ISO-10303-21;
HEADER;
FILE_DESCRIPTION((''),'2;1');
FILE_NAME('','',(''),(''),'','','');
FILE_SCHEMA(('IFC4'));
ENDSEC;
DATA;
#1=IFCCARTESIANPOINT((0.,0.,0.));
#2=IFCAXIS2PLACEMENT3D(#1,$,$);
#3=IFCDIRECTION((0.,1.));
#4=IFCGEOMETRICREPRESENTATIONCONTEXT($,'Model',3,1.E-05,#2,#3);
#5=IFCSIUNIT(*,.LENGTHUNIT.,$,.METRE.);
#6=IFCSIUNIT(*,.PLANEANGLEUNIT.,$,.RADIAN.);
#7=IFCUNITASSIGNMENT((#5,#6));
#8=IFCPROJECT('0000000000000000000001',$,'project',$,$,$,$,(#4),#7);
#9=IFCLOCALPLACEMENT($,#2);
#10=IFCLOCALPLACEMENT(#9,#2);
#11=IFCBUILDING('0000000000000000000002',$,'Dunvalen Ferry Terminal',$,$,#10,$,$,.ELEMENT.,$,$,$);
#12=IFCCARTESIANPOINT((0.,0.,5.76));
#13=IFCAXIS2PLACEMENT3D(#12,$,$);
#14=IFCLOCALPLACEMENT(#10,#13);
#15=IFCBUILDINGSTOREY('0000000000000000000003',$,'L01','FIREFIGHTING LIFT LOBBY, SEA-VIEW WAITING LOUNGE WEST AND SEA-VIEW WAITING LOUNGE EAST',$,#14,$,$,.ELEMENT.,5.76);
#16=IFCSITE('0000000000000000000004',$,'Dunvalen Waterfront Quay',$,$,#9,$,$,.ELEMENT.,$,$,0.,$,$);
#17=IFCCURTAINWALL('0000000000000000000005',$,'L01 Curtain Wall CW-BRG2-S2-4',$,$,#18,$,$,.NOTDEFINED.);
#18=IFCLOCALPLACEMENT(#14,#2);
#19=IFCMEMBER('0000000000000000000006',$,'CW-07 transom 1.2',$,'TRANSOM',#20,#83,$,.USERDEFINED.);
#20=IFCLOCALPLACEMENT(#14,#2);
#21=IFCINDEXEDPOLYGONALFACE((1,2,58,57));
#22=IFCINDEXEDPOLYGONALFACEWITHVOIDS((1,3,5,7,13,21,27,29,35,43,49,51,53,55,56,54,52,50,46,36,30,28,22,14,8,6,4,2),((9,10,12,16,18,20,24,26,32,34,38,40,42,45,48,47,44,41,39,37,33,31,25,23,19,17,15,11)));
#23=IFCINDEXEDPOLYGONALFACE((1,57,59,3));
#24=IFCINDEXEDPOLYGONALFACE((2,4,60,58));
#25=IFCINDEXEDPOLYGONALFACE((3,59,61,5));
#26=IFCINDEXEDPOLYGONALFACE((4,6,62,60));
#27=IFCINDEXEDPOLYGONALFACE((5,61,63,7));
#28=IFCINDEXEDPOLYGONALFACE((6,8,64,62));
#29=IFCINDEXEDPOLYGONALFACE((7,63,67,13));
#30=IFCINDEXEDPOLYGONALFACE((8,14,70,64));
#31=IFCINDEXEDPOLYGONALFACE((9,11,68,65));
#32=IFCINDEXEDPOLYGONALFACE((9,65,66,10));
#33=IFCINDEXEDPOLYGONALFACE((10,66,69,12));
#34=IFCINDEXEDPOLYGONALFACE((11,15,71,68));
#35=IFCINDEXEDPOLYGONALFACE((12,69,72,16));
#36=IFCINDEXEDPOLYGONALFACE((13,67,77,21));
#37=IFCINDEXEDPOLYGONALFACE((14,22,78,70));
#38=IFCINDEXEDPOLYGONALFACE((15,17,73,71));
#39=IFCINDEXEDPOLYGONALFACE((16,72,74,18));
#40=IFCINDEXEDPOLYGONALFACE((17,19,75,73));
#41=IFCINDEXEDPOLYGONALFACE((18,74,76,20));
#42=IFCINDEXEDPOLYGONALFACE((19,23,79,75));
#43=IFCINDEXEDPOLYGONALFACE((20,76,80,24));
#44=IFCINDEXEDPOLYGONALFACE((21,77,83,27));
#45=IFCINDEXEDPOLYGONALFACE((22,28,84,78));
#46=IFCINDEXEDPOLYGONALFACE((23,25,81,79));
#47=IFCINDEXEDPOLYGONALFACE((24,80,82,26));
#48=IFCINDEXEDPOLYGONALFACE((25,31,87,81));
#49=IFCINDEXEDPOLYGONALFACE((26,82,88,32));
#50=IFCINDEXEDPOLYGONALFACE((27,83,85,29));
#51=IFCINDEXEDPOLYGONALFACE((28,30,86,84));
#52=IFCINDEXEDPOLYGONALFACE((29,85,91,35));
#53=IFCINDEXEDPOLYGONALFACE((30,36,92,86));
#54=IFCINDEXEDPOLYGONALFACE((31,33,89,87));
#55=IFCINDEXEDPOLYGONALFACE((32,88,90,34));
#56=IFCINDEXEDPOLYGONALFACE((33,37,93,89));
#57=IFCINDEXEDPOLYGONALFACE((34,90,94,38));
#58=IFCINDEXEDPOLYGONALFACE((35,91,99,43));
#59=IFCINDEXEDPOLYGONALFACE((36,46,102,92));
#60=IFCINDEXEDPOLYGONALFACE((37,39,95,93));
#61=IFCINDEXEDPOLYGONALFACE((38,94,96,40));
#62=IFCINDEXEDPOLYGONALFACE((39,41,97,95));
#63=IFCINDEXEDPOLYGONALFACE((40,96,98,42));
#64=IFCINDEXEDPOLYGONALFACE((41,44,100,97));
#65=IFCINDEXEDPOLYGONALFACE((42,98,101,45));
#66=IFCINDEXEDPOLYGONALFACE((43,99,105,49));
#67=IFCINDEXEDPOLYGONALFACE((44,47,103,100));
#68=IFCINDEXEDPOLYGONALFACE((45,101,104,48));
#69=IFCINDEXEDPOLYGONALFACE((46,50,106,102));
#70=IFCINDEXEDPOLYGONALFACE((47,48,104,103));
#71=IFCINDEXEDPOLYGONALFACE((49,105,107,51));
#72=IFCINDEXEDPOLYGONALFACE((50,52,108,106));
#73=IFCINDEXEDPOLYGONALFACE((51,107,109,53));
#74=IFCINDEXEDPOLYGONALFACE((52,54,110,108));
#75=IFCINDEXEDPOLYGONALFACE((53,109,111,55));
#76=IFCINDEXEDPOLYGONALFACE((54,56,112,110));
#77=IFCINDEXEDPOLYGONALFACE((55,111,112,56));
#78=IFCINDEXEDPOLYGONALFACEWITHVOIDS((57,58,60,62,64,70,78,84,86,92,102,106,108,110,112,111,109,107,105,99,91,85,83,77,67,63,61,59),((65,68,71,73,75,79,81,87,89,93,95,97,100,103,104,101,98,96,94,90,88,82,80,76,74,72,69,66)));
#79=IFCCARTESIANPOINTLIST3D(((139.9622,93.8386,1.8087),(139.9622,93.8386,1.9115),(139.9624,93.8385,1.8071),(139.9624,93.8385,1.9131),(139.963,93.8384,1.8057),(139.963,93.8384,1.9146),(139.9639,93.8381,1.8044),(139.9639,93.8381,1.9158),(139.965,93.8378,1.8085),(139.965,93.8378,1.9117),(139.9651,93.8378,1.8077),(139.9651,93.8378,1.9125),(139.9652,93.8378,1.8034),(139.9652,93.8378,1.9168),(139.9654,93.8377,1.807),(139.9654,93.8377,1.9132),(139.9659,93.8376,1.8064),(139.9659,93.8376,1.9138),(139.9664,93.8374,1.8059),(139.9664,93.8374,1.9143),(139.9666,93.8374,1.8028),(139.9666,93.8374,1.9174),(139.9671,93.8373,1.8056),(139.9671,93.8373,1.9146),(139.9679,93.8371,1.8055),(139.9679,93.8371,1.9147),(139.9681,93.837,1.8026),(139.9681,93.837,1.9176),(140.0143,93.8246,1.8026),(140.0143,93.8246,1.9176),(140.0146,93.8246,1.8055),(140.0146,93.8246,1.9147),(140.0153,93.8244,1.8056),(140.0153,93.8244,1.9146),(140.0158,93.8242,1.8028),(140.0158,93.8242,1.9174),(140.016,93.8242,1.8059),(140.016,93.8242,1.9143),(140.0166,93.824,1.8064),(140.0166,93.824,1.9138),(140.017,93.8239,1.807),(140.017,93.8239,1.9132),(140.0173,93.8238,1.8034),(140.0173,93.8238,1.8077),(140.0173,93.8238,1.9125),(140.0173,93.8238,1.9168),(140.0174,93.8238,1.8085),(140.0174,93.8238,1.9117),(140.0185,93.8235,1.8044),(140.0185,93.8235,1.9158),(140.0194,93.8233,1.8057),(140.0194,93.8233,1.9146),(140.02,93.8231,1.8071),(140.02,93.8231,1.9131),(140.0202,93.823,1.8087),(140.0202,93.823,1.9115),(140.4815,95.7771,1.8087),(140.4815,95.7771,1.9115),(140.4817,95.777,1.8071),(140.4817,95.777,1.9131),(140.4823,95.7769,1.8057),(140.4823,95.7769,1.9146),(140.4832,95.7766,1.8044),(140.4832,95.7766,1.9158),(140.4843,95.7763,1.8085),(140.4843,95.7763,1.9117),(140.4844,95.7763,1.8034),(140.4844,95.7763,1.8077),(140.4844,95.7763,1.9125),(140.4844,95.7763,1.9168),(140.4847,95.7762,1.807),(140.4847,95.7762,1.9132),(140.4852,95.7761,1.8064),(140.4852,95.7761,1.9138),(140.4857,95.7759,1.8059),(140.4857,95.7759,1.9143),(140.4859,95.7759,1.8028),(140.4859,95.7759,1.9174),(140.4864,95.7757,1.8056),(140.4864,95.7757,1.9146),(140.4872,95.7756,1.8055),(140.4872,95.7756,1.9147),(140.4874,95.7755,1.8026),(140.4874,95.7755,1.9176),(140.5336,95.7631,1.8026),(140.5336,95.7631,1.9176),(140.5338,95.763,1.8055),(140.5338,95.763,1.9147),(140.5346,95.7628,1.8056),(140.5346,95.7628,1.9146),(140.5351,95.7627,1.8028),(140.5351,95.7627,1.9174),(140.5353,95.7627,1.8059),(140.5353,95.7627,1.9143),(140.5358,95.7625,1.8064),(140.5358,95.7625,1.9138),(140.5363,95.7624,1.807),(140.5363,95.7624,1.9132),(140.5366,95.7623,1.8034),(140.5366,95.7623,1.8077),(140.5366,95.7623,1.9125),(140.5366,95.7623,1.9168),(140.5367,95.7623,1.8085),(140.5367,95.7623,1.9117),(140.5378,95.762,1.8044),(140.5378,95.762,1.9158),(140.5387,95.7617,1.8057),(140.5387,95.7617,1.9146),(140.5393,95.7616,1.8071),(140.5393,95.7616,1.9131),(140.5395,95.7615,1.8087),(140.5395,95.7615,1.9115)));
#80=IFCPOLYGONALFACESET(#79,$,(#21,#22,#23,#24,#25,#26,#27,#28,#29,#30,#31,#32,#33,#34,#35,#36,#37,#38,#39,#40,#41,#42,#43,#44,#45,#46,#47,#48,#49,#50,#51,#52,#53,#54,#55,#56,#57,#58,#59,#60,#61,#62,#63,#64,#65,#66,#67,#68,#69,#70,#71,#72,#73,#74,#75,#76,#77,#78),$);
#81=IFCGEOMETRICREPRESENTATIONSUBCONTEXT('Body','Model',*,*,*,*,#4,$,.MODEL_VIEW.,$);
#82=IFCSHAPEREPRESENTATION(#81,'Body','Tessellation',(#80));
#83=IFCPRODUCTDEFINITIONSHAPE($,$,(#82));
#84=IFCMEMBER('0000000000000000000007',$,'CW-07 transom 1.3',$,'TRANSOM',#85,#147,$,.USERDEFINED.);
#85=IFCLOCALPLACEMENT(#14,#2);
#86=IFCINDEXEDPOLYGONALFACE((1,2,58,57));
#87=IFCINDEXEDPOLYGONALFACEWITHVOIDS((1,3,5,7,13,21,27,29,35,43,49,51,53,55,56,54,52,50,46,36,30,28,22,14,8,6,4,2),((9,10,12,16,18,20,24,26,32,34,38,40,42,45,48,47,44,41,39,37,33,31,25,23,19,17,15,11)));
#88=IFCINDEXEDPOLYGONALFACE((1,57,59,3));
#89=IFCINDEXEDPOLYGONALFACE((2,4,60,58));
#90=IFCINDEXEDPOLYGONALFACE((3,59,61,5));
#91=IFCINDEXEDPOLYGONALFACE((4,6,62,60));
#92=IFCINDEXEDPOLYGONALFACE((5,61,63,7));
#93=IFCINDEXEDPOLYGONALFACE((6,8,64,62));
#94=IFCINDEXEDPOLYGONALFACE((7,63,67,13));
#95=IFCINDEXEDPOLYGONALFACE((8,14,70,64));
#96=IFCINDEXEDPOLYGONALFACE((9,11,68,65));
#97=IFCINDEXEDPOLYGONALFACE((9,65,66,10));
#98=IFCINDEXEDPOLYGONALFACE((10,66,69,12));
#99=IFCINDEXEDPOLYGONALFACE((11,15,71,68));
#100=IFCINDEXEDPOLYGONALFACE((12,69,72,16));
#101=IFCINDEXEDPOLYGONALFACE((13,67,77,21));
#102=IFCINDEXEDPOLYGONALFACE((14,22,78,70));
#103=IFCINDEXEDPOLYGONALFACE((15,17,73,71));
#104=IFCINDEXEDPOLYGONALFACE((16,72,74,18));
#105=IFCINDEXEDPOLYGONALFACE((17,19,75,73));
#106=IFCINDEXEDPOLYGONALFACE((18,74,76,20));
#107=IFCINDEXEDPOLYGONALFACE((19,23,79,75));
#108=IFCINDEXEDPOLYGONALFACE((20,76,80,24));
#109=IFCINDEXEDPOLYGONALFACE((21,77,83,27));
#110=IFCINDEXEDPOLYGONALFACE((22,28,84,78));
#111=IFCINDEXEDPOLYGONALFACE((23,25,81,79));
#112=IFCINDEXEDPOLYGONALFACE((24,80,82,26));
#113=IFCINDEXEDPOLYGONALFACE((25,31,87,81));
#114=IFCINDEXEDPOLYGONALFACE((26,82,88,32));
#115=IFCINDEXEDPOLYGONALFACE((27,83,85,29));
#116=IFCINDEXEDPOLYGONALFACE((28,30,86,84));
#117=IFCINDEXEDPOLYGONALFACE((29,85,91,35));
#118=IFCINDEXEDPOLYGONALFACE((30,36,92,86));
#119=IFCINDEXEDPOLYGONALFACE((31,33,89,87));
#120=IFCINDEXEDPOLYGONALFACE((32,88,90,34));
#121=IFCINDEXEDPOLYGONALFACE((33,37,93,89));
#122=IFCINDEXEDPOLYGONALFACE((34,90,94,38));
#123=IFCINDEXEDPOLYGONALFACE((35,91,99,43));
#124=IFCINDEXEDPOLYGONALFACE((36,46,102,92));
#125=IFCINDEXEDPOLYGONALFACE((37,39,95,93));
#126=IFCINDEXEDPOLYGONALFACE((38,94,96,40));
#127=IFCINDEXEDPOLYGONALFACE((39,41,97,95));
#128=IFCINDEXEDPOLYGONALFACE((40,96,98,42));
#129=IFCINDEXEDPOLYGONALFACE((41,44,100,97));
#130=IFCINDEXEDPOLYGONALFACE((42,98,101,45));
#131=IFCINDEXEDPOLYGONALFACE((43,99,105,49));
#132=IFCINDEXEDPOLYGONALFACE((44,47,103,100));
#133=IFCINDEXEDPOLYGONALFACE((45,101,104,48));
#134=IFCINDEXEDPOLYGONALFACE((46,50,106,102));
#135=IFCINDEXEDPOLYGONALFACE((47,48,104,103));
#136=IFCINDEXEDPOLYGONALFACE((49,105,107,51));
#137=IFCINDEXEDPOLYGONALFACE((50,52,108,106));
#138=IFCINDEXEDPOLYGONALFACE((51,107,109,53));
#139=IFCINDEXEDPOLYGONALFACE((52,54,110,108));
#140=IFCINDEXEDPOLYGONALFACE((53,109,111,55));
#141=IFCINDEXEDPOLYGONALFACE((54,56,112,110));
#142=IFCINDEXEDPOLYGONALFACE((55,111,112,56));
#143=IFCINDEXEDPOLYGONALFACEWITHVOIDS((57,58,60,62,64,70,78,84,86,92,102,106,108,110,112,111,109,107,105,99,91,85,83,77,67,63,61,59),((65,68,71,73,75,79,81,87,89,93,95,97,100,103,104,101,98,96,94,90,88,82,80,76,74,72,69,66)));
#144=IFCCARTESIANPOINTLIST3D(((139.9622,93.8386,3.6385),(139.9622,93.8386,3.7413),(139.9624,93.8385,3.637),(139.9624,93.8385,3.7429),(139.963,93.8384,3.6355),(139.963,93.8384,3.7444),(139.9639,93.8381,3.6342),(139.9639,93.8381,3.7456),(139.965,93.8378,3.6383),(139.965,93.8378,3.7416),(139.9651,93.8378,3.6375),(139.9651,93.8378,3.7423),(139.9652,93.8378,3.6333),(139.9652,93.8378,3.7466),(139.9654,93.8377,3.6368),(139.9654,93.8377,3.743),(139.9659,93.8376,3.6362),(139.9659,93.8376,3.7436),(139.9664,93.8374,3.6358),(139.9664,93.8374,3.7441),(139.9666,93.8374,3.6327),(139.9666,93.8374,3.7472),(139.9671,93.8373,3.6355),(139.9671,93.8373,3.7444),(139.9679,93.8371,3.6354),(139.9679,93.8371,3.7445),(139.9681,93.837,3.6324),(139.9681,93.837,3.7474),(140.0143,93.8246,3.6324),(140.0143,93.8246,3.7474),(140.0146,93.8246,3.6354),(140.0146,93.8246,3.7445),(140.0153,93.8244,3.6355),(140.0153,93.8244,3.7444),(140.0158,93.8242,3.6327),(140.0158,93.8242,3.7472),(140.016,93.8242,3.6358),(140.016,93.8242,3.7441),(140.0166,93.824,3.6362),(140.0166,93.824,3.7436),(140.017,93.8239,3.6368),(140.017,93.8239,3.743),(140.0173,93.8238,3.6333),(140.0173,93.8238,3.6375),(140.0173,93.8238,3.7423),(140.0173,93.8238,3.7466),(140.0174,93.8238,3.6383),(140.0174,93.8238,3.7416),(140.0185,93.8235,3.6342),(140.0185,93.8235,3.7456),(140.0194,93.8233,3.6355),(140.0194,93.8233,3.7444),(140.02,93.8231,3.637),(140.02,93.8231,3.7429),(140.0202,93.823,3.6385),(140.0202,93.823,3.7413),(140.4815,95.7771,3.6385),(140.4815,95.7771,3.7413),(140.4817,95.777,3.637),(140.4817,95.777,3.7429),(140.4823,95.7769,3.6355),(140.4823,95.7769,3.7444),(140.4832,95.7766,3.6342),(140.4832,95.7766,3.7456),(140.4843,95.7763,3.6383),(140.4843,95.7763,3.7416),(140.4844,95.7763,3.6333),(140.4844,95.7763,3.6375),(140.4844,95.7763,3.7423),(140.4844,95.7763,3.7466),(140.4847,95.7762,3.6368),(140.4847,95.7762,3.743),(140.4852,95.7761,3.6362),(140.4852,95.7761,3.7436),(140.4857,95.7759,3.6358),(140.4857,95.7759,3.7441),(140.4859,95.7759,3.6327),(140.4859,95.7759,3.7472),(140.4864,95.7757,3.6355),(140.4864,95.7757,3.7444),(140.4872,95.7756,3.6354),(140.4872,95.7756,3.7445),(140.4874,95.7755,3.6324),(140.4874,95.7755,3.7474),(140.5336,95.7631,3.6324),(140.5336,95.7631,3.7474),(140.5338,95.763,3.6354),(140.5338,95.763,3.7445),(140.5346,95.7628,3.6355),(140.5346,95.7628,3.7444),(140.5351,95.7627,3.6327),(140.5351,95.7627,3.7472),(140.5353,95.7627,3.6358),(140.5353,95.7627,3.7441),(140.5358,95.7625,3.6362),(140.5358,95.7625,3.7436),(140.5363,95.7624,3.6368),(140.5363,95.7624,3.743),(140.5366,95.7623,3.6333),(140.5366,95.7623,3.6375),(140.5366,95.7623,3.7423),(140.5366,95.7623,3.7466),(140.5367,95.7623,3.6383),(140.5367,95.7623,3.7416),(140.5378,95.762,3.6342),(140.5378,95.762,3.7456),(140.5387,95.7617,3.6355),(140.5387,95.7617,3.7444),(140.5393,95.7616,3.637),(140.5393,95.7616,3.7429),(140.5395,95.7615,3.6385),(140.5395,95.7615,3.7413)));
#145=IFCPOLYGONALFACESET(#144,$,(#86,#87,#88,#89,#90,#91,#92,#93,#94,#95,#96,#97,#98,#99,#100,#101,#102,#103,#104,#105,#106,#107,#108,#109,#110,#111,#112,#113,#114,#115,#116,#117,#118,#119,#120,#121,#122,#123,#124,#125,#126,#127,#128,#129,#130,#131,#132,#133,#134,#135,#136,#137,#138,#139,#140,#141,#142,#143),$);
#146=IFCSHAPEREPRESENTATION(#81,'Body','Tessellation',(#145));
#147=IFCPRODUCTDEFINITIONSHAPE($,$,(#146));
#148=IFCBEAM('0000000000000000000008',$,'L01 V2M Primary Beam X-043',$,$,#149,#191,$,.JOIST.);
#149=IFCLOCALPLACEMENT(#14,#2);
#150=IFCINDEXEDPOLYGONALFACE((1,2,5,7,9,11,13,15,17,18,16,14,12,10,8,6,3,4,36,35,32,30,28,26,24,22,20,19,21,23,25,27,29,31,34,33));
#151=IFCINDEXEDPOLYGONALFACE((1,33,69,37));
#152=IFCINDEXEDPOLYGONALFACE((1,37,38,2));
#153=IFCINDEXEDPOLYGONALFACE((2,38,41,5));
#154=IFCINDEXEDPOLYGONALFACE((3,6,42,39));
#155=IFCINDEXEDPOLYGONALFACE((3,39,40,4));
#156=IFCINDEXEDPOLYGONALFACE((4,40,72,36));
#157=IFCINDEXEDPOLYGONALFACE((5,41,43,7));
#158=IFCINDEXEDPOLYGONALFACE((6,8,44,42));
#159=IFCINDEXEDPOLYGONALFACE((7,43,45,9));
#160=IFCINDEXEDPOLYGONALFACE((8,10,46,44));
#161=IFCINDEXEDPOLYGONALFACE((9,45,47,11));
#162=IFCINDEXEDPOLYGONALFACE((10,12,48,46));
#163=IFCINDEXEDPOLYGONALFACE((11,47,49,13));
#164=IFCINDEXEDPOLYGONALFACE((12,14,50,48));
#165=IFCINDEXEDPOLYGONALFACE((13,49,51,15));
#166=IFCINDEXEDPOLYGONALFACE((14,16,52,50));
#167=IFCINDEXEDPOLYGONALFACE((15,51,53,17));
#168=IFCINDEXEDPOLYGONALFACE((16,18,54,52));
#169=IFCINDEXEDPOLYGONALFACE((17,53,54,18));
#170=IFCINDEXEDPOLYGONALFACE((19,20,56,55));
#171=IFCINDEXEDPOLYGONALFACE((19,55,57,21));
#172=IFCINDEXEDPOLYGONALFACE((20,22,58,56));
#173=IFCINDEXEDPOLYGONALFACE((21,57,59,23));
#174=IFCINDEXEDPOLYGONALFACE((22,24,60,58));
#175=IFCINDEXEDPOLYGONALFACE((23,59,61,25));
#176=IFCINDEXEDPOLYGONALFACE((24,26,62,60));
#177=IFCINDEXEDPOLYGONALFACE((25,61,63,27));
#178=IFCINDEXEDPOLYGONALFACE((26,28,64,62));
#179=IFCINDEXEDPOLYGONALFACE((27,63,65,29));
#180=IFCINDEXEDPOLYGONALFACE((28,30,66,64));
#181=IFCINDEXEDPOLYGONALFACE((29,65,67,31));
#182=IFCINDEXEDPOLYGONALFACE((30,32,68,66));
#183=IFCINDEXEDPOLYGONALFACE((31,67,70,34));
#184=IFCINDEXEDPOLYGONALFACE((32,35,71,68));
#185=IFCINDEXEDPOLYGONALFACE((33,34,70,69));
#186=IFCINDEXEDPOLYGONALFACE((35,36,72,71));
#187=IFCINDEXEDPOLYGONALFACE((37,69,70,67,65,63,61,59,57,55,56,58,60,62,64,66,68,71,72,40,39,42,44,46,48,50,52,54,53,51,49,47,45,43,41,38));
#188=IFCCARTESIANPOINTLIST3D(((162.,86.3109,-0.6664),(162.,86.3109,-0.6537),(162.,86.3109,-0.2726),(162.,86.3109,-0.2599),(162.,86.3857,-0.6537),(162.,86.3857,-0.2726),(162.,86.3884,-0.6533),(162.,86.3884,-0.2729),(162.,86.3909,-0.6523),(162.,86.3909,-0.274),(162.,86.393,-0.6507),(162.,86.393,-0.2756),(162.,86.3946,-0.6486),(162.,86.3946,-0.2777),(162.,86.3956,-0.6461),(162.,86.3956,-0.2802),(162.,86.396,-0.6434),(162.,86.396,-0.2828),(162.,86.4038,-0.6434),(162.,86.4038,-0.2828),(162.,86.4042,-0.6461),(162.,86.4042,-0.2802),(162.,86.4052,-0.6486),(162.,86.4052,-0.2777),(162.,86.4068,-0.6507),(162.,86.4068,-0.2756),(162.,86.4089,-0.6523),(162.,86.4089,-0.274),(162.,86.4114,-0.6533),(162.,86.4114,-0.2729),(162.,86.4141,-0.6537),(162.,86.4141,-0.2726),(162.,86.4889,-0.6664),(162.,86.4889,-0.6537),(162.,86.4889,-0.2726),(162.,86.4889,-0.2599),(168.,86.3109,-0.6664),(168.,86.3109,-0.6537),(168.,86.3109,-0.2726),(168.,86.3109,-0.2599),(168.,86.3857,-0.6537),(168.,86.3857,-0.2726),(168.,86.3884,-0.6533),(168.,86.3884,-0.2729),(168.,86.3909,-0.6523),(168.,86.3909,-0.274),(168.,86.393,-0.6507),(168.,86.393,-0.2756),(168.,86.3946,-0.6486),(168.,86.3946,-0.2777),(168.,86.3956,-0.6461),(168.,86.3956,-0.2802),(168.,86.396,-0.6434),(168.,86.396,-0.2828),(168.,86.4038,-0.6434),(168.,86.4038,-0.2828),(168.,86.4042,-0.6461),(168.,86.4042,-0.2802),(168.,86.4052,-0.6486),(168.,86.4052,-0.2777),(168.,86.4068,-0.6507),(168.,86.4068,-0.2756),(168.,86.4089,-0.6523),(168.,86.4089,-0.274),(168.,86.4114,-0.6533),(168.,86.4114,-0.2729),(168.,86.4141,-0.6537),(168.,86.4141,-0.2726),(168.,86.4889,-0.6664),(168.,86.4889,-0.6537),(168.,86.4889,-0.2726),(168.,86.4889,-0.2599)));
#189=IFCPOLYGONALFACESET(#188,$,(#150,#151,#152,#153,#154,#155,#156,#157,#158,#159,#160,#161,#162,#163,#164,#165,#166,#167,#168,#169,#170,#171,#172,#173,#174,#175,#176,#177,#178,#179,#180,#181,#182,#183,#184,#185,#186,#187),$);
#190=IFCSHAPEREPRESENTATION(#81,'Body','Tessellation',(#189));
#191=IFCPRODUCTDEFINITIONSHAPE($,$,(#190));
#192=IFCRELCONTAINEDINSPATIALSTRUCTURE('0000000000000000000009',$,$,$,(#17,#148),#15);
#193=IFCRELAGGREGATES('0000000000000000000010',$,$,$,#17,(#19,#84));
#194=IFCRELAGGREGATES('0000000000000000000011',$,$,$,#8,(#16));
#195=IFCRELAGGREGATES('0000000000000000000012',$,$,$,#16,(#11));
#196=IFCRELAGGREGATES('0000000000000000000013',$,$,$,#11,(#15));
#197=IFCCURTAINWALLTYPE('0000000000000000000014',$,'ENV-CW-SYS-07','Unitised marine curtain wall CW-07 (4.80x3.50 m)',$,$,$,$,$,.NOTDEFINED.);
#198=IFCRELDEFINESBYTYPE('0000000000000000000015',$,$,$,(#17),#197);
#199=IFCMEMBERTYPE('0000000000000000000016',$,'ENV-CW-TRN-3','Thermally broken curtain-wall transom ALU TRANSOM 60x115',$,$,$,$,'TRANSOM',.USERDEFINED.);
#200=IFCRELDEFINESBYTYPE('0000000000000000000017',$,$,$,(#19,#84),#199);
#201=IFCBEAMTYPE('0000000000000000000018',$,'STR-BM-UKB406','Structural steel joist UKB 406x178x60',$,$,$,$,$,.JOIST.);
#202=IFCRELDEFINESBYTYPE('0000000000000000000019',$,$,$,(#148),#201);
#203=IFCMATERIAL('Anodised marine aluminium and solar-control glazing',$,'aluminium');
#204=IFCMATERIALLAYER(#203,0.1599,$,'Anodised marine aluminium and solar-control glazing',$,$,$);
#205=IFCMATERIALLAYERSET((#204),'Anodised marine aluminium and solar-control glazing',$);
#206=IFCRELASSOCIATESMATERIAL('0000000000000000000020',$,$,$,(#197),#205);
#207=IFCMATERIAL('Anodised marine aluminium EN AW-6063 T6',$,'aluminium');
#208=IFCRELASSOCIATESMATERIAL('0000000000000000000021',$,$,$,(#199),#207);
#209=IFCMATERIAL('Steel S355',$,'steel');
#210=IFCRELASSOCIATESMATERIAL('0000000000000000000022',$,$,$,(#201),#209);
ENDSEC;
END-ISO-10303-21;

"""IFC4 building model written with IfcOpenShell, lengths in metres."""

from ifc_helpers import new_model, si_unit, direction, frame, origin, origin_2d, place, context, subcontext, project, spatial, hollow_rectangle, i_section, extrude, material, layer, layer_set, material_profile, profile_set, type_object, element, aggregate, save


model = new_model("IFC4")

# Units and contexts
model_context = context("Model", 3, precision=1e-05, world=origin(), true_north=direction((0.0, 1.0)))
body_context = subcontext(model_context, "Body", "Model", "MODEL_VIEW")
ifc_project = project(units=[si_unit("LENGTHUNIT", "METRE"), si_unit("PLANEANGLEUNIT", "RADIAN")], contexts=[model_context])

# Site, building, storey
site_placement = place(None, origin())
site = spatial("IfcSite", under=ifc_project, at=site_placement, Name="Dunvalen Waterfront Quay", CompositionType="ELEMENT", RefElevation=0.0)
building_placement = place(site_placement, origin())
building = spatial("IfcBuilding", under=site, at=building_placement, Name="Dunvalen Ferry Terminal", CompositionType="ELEMENT")
storey_placement = place(building_placement, frame((0.0, 0.0, 5.76)))
storey = spatial("IfcBuildingStorey", under=building, at=storey_placement, Name="L01", Description="FIREFIGHTING LIFT LOBBY, SEA-VIEW WAITING LOUNGE WEST AND SEA-VIEW WAITING LOUNGE EAST", CompositionType="ELEMENT", Elevation=5.76)

# Shared definitions
ifc_material_1 = material(Name="Anodised marine aluminium and solar-control glazing", Category="aluminium")
ifc_material_2 = material(Name="Anodised marine aluminium EN AW-6063 T6", Category="aluminium")

# Shared definitions
ifc_layer_1 = layer(ifc_material_1, 0.1599, Name="Anodised marine aluminium and solar-control glazing")
ifc_layer_set_1 = layer_set([ifc_layer_1], Name="Anodised marine aluminium and solar-control glazing")
curtain_wall_type_1 = type_object("IfcCurtainWallType", Name="ENV-CW-SYS-07", Description="Unitised marine curtain wall CW-07 (4.80x3.50 m)", PredefinedType="NOTDEFINED", material=ifc_layer_set_1)

# Curtain wall
curtain_wall_1_placement = place(storey_placement, origin())
curtain_wall_1 = element("IfcCurtainWall", 1, at=curtain_wall_1_placement, inside=storey, type_object=curtain_wall_type_1, Name="L01 Curtain Wall CW-BRG2-S2-4", PredefinedType="NOTDEFINED")

# Members
ifc_material_profile_1 = material_profile(ifc_material_2, hollow_rectangle(XDim=0.0601, YDim=0.115, WallThickness=0.0029, InnerFilletRadius=0.0029, OuterFilletRadius=0.0061, at=origin_2d()), Name="Anodised marine aluminium EN AW-6063 T6")
ifc_profile_set_1 = profile_set([ifc_material_profile_1], Name="Anodised marine aluminium EN AW-6063 T6")
member_type_1 = type_object("IfcMemberType", Name="ENV-CW-TRN-3", Description="Thermally broken curtain-wall transom ALU TRANSOM 60x115", ElementType="TRANSOM", PredefinedType="USERDEFINED", material=ifc_profile_set_1)
member_1_placement = place(storey_placement, frame((139.9912, 93.8308, 1.8601), z_axis=(0.25876, 0.965942, 0.0), x_axis=(-0.965942, 0.25876, 0.0)))
member_1 = element("IfcMember", 2, at=member_1_placement, type_object=member_type_1, Name="CW-07 transom 1.2", ObjectType="TRANSOM", PredefinedType="USERDEFINED", context=body_context, shape_type="SweptSolid", body=[
    extrude(hollow_rectangle(XDim=0.0601, YDim=0.115, WallThickness=0.0029, InnerFilletRadius=0.0029, OuterFilletRadius=0.0061, at=origin_2d()), origin(), (0.0, 0.0, 1.0), 2.0068),
])
member_2_placement = place(storey_placement, frame((139.9912, 93.8308, 3.6899), z_axis=(0.25876, 0.965942, 0.0), x_axis=(-0.965942, 0.25876, 0.0)))
member_2 = element("IfcMember", 3, at=member_2_placement, type_object=member_type_1, Name="CW-07 transom 1.3", ObjectType="TRANSOM", PredefinedType="USERDEFINED", context=body_context, shape_type="SweptSolid", body=[
    extrude(hollow_rectangle(XDim=0.0601, YDim=0.115, WallThickness=0.0029, InnerFilletRadius=0.0029, OuterFilletRadius=0.0061, at=origin_2d()), origin(), (0.0, 0.0, 1.0), 2.0068),
])

# Beam
ifc_material_3 = material(Name="Steel S355", Category="steel")
ifc_material_profile_2 = material_profile(ifc_material_3, i_section(OverallWidth=0.178, OverallDepth=0.4065, WebThickness=0.0078, FlangeThickness=0.0127, FilletRadius=0.0103, at=origin_2d()), Name="Steel S355")
ifc_profile_set_2 = profile_set([ifc_material_profile_2], Name="Steel S355")
beam_type = type_object("IfcBeamType", Name="STR-BM-UKB406", Description="Structural steel joist UKB 406x178x60", PredefinedType="JOIST", material=ifc_profile_set_2)
beam_placement = place(storey_placement, frame((162.0, 86.3999, -0.4631), z_axis=(1.0, 0.0, 0.0), x_axis=(0.0, 1.0, 0.0)))
element("IfcBeam", 4, at=beam_placement, inside=storey, type_object=beam_type, Name="L01 V2M Primary Beam X-043", PredefinedType="JOIST", context=body_context, shape_type="SweptSolid", body=[
    extrude(i_section(OverallWidth=0.178, OverallDepth=0.4065, WebThickness=0.0078, FlangeThickness=0.0127, FilletRadius=0.0103, at=origin_2d()), origin(), (0.0, 0.0, 1.0), 6.0),
])

aggregate(curtain_wall_1, [member_1, member_2])

save(model, "model.ifc")
